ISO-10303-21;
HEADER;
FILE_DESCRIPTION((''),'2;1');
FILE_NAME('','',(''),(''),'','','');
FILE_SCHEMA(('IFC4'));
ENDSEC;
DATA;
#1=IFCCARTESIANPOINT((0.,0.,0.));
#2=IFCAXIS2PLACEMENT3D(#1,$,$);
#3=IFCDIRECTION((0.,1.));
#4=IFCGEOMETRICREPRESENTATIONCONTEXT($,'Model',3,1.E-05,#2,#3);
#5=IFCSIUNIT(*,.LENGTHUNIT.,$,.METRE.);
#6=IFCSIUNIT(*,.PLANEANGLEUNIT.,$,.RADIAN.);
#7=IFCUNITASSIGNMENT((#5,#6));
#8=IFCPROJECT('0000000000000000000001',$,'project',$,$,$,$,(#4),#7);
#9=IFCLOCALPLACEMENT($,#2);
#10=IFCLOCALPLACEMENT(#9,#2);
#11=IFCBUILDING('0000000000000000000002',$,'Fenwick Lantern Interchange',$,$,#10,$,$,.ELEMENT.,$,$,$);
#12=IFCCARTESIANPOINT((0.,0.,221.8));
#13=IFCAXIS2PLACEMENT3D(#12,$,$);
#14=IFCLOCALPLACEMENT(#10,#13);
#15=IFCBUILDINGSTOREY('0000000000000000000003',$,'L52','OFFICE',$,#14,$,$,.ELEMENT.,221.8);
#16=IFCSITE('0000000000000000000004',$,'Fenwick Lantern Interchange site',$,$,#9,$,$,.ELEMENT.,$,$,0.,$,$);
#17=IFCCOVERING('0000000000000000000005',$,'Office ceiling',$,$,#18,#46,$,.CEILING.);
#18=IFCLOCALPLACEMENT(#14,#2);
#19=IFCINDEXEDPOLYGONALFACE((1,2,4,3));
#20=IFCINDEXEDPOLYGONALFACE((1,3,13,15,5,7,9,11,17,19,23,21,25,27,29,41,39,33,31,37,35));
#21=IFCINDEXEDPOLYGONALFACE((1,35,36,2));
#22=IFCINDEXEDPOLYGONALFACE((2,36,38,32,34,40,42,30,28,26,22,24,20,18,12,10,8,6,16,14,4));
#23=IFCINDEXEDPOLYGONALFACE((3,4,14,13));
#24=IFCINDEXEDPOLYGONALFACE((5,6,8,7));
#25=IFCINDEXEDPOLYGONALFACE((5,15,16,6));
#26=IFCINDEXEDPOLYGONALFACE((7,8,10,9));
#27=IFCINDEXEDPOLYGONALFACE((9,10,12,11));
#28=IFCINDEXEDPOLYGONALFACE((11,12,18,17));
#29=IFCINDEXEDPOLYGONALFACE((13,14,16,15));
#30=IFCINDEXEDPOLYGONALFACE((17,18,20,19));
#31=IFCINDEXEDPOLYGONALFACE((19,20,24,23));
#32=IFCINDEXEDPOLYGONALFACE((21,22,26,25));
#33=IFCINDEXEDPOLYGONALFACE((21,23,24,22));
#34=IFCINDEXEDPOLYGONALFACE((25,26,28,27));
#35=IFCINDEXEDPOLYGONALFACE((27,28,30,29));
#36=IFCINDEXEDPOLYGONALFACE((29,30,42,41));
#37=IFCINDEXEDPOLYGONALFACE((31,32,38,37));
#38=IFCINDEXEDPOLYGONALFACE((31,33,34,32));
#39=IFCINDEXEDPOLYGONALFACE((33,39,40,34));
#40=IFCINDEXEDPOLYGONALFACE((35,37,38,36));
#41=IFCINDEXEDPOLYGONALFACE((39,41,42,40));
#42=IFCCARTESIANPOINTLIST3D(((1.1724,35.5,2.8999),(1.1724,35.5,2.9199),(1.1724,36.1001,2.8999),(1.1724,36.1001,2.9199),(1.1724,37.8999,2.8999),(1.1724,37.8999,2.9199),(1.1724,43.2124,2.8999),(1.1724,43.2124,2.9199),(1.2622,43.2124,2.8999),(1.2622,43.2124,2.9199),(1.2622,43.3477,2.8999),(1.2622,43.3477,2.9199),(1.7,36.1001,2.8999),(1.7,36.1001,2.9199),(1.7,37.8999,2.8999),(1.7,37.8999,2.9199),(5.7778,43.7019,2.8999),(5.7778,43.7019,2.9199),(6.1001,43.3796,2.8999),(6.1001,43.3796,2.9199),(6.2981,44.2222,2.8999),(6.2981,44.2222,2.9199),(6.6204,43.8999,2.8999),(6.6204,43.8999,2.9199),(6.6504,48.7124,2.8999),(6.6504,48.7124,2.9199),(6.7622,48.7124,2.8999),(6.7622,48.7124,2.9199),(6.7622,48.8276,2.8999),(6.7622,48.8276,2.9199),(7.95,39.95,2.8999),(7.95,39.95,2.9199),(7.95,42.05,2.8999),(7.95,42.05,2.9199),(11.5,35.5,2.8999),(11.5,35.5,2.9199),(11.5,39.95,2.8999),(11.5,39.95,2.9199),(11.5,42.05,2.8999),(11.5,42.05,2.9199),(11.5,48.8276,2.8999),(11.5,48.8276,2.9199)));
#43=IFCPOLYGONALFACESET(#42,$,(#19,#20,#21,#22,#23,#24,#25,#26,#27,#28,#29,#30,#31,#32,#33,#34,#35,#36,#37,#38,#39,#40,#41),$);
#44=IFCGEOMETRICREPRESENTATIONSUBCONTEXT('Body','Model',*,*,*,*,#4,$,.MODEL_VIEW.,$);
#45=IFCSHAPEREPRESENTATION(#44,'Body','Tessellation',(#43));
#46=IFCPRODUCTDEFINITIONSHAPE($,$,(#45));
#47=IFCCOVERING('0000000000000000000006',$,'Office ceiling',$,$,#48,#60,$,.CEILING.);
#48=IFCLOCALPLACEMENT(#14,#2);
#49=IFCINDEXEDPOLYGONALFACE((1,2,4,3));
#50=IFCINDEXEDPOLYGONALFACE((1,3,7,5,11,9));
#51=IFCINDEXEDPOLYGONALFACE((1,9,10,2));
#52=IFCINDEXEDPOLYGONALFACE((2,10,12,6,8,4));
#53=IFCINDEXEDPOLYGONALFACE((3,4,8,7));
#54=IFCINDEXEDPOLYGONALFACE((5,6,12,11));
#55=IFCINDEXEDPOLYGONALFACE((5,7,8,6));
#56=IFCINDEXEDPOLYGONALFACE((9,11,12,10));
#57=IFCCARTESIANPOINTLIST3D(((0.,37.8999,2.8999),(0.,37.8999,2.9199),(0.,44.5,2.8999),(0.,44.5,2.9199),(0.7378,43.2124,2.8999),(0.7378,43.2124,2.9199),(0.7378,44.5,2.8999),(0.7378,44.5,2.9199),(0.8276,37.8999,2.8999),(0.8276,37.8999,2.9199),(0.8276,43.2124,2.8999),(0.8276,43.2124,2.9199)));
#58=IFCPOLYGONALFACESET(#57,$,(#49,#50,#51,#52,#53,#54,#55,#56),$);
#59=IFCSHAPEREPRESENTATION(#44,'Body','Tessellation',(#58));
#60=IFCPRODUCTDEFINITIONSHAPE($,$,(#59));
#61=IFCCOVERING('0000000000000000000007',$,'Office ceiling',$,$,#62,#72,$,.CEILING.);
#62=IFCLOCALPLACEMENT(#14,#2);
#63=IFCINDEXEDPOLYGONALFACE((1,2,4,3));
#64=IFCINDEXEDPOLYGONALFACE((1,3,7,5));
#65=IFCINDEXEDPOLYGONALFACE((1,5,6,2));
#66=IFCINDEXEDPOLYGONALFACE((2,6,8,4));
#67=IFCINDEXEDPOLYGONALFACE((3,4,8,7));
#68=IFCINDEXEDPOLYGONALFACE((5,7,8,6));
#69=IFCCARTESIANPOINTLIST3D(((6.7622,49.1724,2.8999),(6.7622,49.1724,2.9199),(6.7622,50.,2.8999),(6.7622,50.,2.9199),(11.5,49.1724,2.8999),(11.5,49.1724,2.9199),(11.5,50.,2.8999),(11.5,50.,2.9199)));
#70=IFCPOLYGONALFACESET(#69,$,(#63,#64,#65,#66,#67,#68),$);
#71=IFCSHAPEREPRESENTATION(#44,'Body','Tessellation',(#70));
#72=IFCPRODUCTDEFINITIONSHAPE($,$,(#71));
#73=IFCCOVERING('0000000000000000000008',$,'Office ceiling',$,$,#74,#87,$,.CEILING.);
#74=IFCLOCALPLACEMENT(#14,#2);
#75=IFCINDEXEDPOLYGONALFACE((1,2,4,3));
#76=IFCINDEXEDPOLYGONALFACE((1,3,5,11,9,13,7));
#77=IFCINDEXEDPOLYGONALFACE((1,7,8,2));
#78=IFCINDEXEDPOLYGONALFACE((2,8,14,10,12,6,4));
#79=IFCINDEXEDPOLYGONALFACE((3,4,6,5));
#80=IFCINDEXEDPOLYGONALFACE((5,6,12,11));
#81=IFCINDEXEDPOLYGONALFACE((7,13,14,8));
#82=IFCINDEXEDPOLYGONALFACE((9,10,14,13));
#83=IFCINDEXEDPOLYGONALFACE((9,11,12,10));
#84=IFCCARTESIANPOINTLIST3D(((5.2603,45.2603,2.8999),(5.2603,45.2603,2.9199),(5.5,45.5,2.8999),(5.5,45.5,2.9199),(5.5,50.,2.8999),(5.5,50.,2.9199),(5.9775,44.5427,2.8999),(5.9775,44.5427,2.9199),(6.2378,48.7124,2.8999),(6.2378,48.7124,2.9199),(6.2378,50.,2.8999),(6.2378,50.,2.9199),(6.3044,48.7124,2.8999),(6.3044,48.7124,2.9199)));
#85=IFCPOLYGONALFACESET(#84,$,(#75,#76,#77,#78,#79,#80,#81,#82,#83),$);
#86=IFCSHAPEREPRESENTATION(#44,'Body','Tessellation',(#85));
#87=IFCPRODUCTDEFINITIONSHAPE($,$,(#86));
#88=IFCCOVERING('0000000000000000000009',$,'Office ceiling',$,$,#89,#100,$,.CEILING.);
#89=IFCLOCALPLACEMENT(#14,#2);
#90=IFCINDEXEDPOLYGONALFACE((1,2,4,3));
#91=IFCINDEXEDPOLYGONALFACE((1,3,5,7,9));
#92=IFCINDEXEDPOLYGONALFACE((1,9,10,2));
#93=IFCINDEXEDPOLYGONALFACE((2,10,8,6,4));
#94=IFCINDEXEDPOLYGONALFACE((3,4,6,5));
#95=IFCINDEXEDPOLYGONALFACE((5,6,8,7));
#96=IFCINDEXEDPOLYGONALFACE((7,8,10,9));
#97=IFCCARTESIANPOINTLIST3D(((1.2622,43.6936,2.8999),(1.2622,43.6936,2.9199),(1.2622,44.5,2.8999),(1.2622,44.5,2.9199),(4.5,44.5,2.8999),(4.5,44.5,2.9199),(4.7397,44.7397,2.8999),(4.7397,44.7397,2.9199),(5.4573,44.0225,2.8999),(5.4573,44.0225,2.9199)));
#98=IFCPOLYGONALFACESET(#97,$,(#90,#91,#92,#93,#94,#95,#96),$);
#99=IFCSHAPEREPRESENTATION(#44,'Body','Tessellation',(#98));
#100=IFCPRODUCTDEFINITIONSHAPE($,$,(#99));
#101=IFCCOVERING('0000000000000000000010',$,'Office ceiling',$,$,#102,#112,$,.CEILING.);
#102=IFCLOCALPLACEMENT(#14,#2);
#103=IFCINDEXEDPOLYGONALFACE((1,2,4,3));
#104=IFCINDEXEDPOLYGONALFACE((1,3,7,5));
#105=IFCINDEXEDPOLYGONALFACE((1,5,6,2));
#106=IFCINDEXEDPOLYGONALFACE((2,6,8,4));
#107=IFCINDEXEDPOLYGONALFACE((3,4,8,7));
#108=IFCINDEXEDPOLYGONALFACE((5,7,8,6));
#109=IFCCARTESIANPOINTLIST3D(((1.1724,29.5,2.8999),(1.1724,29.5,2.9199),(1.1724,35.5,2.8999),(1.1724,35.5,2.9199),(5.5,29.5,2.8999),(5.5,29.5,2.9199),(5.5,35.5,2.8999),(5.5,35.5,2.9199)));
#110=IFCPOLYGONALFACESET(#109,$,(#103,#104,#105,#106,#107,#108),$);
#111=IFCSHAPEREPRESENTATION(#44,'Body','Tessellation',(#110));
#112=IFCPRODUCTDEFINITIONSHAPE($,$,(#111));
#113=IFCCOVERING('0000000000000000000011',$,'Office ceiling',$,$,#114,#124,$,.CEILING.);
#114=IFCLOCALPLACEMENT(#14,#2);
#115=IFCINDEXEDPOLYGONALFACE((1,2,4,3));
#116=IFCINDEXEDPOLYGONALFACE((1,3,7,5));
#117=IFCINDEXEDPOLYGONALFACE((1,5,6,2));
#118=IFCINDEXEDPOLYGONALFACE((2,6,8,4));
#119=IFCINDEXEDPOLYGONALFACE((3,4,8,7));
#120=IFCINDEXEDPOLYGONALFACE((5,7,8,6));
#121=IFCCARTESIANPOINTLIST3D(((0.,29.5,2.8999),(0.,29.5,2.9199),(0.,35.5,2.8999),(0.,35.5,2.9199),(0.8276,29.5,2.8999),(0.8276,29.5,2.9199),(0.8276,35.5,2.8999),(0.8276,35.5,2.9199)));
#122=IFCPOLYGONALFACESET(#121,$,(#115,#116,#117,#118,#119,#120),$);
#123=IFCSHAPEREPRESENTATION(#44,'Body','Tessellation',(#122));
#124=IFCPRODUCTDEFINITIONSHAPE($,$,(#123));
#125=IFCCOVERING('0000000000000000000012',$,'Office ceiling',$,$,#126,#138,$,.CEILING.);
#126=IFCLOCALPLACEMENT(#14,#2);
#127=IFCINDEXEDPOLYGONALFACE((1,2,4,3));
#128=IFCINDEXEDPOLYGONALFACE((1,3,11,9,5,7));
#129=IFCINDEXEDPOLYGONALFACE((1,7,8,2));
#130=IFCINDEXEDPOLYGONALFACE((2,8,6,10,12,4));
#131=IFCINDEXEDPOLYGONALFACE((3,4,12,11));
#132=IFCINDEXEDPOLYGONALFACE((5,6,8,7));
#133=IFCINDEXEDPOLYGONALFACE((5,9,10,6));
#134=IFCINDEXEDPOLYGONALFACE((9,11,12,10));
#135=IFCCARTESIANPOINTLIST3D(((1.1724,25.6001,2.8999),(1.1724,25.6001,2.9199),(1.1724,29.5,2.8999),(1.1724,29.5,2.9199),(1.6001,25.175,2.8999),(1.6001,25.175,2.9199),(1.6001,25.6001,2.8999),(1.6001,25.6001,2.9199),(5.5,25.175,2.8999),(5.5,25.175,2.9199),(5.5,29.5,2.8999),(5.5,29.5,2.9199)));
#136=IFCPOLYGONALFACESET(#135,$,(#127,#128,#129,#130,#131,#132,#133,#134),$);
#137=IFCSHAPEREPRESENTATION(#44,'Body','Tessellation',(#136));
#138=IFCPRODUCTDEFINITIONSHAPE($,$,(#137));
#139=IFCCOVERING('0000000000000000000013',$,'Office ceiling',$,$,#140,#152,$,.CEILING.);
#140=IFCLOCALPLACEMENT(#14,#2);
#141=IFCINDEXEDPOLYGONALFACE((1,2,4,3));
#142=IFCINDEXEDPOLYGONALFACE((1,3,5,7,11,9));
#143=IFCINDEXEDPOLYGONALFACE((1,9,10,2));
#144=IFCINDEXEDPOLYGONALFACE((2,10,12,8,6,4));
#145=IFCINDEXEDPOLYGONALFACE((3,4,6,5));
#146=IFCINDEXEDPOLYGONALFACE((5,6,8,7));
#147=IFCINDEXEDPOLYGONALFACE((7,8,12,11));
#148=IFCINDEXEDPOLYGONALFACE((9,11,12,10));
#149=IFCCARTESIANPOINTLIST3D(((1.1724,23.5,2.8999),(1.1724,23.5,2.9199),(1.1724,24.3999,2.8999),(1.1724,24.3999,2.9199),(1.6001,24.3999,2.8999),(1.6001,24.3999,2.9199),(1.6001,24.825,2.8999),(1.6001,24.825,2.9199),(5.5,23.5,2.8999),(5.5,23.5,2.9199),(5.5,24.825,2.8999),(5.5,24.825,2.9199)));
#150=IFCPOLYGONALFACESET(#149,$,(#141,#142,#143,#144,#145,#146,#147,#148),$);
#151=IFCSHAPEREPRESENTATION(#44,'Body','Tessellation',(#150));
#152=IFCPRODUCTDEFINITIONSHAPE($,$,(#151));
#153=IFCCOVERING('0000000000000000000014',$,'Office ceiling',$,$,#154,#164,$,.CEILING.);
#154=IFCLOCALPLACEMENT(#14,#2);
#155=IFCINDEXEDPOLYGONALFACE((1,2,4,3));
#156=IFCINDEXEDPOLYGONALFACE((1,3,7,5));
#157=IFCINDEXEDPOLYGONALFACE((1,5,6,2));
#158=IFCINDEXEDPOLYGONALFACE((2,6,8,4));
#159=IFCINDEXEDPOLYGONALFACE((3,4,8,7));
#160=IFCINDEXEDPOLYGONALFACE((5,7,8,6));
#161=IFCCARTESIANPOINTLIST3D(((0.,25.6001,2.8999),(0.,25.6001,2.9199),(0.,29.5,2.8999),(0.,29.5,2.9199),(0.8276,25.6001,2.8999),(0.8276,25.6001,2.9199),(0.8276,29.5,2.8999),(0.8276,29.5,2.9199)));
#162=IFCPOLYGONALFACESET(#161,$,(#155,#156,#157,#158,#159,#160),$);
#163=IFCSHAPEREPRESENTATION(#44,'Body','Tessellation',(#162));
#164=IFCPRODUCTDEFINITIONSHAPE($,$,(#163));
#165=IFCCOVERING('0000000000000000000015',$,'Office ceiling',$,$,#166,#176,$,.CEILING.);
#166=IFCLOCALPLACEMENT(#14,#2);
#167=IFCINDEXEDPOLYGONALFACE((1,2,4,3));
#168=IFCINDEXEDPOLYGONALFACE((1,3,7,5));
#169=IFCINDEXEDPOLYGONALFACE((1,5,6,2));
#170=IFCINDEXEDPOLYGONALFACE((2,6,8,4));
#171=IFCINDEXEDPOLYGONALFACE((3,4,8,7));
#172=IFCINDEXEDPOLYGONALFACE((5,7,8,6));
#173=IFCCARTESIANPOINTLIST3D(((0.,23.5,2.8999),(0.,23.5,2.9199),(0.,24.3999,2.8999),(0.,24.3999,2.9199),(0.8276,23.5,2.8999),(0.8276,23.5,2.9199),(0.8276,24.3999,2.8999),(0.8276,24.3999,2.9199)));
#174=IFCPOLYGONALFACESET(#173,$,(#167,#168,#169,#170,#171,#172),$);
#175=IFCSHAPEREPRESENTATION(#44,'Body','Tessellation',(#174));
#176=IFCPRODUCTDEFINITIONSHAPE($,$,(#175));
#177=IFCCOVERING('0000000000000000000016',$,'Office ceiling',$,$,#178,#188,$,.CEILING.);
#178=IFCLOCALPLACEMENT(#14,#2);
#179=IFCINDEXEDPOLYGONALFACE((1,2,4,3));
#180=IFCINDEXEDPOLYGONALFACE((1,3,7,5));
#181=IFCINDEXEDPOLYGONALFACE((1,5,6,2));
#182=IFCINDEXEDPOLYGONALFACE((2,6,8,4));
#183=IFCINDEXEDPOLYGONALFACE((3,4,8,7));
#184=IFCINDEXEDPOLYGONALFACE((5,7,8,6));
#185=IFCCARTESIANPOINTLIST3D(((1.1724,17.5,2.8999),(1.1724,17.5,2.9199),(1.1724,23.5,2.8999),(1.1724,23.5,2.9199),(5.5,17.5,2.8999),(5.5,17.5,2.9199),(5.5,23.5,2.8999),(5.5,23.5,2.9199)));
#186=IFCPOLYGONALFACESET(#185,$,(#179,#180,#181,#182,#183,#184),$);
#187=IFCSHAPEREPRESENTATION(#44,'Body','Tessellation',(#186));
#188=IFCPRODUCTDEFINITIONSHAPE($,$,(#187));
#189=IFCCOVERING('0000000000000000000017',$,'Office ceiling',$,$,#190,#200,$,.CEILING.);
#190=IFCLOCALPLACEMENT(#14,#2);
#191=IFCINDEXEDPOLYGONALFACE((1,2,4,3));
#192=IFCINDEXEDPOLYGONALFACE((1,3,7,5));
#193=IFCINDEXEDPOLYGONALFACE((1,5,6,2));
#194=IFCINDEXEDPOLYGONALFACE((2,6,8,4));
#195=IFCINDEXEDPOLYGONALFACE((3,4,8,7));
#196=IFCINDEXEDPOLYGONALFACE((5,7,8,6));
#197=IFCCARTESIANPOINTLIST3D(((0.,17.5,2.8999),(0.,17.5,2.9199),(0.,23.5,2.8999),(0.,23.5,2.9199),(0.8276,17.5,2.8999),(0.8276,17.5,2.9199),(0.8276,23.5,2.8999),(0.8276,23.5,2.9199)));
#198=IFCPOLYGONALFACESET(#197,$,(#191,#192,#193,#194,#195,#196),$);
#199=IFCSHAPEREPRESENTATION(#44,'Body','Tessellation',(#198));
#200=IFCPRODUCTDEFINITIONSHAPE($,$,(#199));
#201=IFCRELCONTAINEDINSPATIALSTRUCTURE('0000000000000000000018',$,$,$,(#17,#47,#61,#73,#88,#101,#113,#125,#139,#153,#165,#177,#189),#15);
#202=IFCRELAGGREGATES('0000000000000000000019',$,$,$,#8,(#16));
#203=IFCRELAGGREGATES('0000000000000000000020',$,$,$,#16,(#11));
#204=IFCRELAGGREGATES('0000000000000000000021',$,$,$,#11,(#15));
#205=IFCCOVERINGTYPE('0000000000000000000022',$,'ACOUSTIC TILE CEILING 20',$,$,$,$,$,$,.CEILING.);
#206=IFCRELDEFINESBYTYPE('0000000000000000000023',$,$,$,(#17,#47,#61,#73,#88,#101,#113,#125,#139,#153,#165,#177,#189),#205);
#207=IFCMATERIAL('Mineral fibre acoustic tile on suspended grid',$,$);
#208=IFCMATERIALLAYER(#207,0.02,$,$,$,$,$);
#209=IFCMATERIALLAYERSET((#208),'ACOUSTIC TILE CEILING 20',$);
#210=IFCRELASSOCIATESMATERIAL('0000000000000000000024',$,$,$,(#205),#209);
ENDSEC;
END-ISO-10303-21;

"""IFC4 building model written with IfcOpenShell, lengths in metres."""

from ifc_helpers import new_model, si_unit, direction, frame, origin, place, context, subcontext, project, spatial, polyline, outline, extrude, material, layer, layer_set, type_object, element, save


model = new_model("IFC4")

# Units and contexts
model_context = context("Model", 3, precision=1e-05, world=origin(), true_north=direction((0.0, 1.0)))
body_context = subcontext(model_context, "Body", "Model", "MODEL_VIEW")
ifc_project = project(units=[si_unit("LENGTHUNIT", "METRE"), si_unit("PLANEANGLEUNIT", "RADIAN")], contexts=[model_context])

# Site, building, storey
site_placement = place(None, origin())
site = spatial("IfcSite", under=ifc_project, at=site_placement, Name="Fenwick Lantern Interchange site", CompositionType="ELEMENT", RefElevation=0.0)
building_placement = place(site_placement, origin())
building = spatial("IfcBuilding", under=site, at=building_placement, Name="Fenwick Lantern Interchange", CompositionType="ELEMENT")
storey_placement = place(building_placement, frame((0.0, 0.0, 221.8)))
storey = spatial("IfcBuildingStorey", under=building, at=storey_placement, Name="L52", Description="OFFICE", CompositionType="ELEMENT", Elevation=221.8)

# Coverings
ifc_material_1 = material(Name="Mineral fibre acoustic tile on suspended grid")
ifc_layer_1 = layer(ifc_material_1, 0.02)
ifc_layer_set_1 = layer_set([ifc_layer_1], Name="ACOUSTIC TILE CEILING 20")
covering_type_1 = type_object("IfcCoveringType", Name="ACOUSTIC TILE CEILING 20", PredefinedType="CEILING", material=ifc_layer_set_1)
covering_1_placement = place(storey_placement, frame((0.0, 0.0, 2.8999)))
element("IfcCovering", 1, at=covering_1_placement, inside=storey, type_object=covering_type_1, Name="Office ceiling", PredefinedType="CEILING", context=body_context, shape_type="SweptSolid", body=[
    extrude(outline(polyline([(6.7622, 48.7124), (6.6504, 48.7124), (6.2981, 44.2222), (6.6204, 43.8999), (6.1001, 43.3796), (5.7778, 43.7019), (1.2622, 43.3477), (1.2622, 43.2124), (1.1724, 43.2124), (1.1724, 37.8999), (1.7, 37.8999), (1.7, 36.1001), (1.1724, 36.1001), (1.1724, 35.5), (11.5, 35.5), (11.5, 39.95), (7.95, 39.95), (7.95, 42.05), (11.5, 42.05), (11.5, 48.8276), (6.7622, 48.8276), (6.7622, 48.7124)])), origin(), (0.0, 0.0, 1.0), 0.02),
])
covering_2_placement = place(storey_placement, frame((0.0, 0.0, 2.8999)))
element("IfcCovering", 2, at=covering_2_placement, inside=storey, type_object=covering_type_1, Name="Office ceiling", PredefinedType="CEILING", context=body_context, shape_type="SweptSolid", body=[
    extrude(outline(polyline([(0.0, 37.8999), (0.8276, 37.8999), (0.8276, 43.2124), (0.7378, 43.2124), (0.7378, 44.5), (0.0, 44.5), (0.0, 37.8999)])), origin(), (0.0, 0.0, 1.0), 0.02),
])
covering_3_placement = place(storey_placement, frame((0.0, 0.0, 2.8999)))
element("IfcCovering", 3, at=covering_3_placement, inside=storey, type_object=covering_type_1, Name="Office ceiling", PredefinedType="CEILING", context=body_context, shape_type="SweptSolid", body=[
    extrude(outline(polyline([(6.7622, 50.0), (6.7622, 49.1724), (11.5, 49.1724), (11.5, 50.0), (6.7622, 50.0)])), origin(), (0.0, 0.0, 1.0), 0.02),
])
covering_4_placement = place(storey_placement, frame((0.0, 0.0, 2.8999)))
element("IfcCovering", 4, at=covering_4_placement, inside=storey, type_object=covering_type_1, Name="Office ceiling", PredefinedType="CEILING", context=body_context, shape_type="SweptSolid", body=[
    extrude(outline(polyline([(6.3044, 48.7124), (6.2378, 48.7124), (6.2378, 50.0), (5.5, 50.0), (5.5, 45.5), (5.2603, 45.2603), (5.9775, 44.5427), (6.3044, 48.7124)])), origin(), (0.0, 0.0, 1.0), 0.02),
])
covering_5_placement = place(storey_placement, frame((0.0, 0.0, 2.8999)))
element("IfcCovering", 5, at=covering_5_placement, inside=storey, type_object=covering_type_1, Name="Office ceiling", PredefinedType="CEILING", context=body_context, shape_type="SweptSolid", body=[
    extrude(outline(polyline([(1.2622, 44.5), (1.2622, 43.6936), (5.4573, 44.0225), (4.7397, 44.7397), (4.5, 44.5), (1.2622, 44.5)])), origin(), (0.0, 0.0, 1.0), 0.02),
])
covering_6_placement = place(storey_placement, frame((0.0, 0.0, 2.8999)))
element("IfcCovering", 6, at=covering_6_placement, inside=storey, type_object=covering_type_1, Name="Office ceiling", PredefinedType="CEILING", context=body_context, shape_type="SweptSolid", body=[
    extrude(outline(polyline([(5.5, 35.5), (1.1724, 35.5), (1.1724, 29.5), (5.5, 29.5), (5.5, 35.5)])), origin(), (0.0, 0.0, 1.0), 0.02),
])
covering_7_placement = place(storey_placement, frame((0.0, 0.0, 2.8999)))
element("IfcCovering", 7, at=covering_7_placement, inside=storey, type_object=covering_type_1, Name="Office ceiling", PredefinedType="CEILING", context=body_context, shape_type="SweptSolid", body=[
    extrude(outline(polyline([(0.0, 29.5), (0.8276, 29.5), (0.8276, 35.5), (0.0, 35.5), (0.0, 29.5)])), origin(), (0.0, 0.0, 1.0), 0.02),
])
covering_8_placement = place(storey_placement, frame((0.0, 0.0, 2.8999)))
element("IfcCovering", 8, at=covering_8_placement, inside=storey, type_object=covering_type_1, Name="Office ceiling", PredefinedType="CEILING", context=body_context, shape_type="SweptSolid", body=[
    extrude(outline(polyline([(5.5, 29.5), (1.1724, 29.5), (1.1724, 25.6001), (1.6001, 25.6001), (1.6001, 25.175), (5.5, 25.175), (5.5, 29.5)])), origin(), (0.0, 0.0, 1.0), 0.02),
])
covering_9_placement = place(storey_placement, frame((0.0, 0.0, 2.8999)))
element("IfcCovering", 9, at=covering_9_placement, inside=storey, type_object=covering_type_1, Name="Office ceiling", PredefinedType="CEILING", context=body_context, shape_type="SweptSolid", body=[
    extrude(outline(polyline([(5.5, 23.5), (5.5, 24.825), (1.6001, 24.825), (1.6001, 24.3999), (1.1724, 24.3999), (1.1724, 23.5), (5.5, 23.5)])), origin(), (0.0, 0.0, 1.0), 0.02),
])
covering_10_placement = place(storey_placement, frame((0.0, 0.0, 2.8999)))
element("IfcCovering", 10, at=covering_10_placement, inside=storey, type_object=covering_type_1, Name="Office ceiling", PredefinedType="CEILING", context=body_context, shape_type="SweptSolid", body=[
    extrude(outline(polyline([(0.8276, 29.5), (0.0, 29.5), (0.0, 25.6001), (0.8276, 25.6001), (0.8276, 29.5)])), origin(), (0.0, 0.0, 1.0), 0.02),
])
covering_11_placement = place(storey_placement, frame((0.0, 0.0, 2.8999)))
element("IfcCovering", 11, at=covering_11_placement, inside=storey, type_object=covering_type_1, Name="Office ceiling", PredefinedType="CEILING", context=body_context, shape_type="SweptSolid", body=[
    extrude(outline(polyline([(0.0, 23.5), (0.8276, 23.5), (0.8276, 24.3999), (0.0, 24.3999), (0.0, 23.5)])), origin(), (0.0, 0.0, 1.0), 0.02),
])
covering_12_placement = place(storey_placement, frame((0.0, 0.0, 2.8999)))
element("IfcCovering", 12, at=covering_12_placement, inside=storey, type_object=covering_type_1, Name="Office ceiling", PredefinedType="CEILING", context=body_context, shape_type="SweptSolid", body=[
    extrude(outline(polyline([(5.5, 23.5), (1.1724, 23.5), (1.1724, 17.5), (5.5, 17.5), (5.5, 23.5)])), origin(), (0.0, 0.0, 1.0), 0.02),
])
covering_13_placement = place(storey_placement, frame((0.0, 0.0, 2.8999)))
element("IfcCovering", 13, at=covering_13_placement, inside=storey, type_object=covering_type_1, Name="Office ceiling", PredefinedType="CEILING", context=body_context, shape_type="SweptSolid", body=[
    extrude(outline(polyline([(0.0, 17.5), (0.8276, 17.5), (0.8276, 23.5), (0.0, 23.5), (0.0, 17.5)])), origin(), (0.0, 0.0, 1.0), 0.02),
])

save(model, "model.ifc")
